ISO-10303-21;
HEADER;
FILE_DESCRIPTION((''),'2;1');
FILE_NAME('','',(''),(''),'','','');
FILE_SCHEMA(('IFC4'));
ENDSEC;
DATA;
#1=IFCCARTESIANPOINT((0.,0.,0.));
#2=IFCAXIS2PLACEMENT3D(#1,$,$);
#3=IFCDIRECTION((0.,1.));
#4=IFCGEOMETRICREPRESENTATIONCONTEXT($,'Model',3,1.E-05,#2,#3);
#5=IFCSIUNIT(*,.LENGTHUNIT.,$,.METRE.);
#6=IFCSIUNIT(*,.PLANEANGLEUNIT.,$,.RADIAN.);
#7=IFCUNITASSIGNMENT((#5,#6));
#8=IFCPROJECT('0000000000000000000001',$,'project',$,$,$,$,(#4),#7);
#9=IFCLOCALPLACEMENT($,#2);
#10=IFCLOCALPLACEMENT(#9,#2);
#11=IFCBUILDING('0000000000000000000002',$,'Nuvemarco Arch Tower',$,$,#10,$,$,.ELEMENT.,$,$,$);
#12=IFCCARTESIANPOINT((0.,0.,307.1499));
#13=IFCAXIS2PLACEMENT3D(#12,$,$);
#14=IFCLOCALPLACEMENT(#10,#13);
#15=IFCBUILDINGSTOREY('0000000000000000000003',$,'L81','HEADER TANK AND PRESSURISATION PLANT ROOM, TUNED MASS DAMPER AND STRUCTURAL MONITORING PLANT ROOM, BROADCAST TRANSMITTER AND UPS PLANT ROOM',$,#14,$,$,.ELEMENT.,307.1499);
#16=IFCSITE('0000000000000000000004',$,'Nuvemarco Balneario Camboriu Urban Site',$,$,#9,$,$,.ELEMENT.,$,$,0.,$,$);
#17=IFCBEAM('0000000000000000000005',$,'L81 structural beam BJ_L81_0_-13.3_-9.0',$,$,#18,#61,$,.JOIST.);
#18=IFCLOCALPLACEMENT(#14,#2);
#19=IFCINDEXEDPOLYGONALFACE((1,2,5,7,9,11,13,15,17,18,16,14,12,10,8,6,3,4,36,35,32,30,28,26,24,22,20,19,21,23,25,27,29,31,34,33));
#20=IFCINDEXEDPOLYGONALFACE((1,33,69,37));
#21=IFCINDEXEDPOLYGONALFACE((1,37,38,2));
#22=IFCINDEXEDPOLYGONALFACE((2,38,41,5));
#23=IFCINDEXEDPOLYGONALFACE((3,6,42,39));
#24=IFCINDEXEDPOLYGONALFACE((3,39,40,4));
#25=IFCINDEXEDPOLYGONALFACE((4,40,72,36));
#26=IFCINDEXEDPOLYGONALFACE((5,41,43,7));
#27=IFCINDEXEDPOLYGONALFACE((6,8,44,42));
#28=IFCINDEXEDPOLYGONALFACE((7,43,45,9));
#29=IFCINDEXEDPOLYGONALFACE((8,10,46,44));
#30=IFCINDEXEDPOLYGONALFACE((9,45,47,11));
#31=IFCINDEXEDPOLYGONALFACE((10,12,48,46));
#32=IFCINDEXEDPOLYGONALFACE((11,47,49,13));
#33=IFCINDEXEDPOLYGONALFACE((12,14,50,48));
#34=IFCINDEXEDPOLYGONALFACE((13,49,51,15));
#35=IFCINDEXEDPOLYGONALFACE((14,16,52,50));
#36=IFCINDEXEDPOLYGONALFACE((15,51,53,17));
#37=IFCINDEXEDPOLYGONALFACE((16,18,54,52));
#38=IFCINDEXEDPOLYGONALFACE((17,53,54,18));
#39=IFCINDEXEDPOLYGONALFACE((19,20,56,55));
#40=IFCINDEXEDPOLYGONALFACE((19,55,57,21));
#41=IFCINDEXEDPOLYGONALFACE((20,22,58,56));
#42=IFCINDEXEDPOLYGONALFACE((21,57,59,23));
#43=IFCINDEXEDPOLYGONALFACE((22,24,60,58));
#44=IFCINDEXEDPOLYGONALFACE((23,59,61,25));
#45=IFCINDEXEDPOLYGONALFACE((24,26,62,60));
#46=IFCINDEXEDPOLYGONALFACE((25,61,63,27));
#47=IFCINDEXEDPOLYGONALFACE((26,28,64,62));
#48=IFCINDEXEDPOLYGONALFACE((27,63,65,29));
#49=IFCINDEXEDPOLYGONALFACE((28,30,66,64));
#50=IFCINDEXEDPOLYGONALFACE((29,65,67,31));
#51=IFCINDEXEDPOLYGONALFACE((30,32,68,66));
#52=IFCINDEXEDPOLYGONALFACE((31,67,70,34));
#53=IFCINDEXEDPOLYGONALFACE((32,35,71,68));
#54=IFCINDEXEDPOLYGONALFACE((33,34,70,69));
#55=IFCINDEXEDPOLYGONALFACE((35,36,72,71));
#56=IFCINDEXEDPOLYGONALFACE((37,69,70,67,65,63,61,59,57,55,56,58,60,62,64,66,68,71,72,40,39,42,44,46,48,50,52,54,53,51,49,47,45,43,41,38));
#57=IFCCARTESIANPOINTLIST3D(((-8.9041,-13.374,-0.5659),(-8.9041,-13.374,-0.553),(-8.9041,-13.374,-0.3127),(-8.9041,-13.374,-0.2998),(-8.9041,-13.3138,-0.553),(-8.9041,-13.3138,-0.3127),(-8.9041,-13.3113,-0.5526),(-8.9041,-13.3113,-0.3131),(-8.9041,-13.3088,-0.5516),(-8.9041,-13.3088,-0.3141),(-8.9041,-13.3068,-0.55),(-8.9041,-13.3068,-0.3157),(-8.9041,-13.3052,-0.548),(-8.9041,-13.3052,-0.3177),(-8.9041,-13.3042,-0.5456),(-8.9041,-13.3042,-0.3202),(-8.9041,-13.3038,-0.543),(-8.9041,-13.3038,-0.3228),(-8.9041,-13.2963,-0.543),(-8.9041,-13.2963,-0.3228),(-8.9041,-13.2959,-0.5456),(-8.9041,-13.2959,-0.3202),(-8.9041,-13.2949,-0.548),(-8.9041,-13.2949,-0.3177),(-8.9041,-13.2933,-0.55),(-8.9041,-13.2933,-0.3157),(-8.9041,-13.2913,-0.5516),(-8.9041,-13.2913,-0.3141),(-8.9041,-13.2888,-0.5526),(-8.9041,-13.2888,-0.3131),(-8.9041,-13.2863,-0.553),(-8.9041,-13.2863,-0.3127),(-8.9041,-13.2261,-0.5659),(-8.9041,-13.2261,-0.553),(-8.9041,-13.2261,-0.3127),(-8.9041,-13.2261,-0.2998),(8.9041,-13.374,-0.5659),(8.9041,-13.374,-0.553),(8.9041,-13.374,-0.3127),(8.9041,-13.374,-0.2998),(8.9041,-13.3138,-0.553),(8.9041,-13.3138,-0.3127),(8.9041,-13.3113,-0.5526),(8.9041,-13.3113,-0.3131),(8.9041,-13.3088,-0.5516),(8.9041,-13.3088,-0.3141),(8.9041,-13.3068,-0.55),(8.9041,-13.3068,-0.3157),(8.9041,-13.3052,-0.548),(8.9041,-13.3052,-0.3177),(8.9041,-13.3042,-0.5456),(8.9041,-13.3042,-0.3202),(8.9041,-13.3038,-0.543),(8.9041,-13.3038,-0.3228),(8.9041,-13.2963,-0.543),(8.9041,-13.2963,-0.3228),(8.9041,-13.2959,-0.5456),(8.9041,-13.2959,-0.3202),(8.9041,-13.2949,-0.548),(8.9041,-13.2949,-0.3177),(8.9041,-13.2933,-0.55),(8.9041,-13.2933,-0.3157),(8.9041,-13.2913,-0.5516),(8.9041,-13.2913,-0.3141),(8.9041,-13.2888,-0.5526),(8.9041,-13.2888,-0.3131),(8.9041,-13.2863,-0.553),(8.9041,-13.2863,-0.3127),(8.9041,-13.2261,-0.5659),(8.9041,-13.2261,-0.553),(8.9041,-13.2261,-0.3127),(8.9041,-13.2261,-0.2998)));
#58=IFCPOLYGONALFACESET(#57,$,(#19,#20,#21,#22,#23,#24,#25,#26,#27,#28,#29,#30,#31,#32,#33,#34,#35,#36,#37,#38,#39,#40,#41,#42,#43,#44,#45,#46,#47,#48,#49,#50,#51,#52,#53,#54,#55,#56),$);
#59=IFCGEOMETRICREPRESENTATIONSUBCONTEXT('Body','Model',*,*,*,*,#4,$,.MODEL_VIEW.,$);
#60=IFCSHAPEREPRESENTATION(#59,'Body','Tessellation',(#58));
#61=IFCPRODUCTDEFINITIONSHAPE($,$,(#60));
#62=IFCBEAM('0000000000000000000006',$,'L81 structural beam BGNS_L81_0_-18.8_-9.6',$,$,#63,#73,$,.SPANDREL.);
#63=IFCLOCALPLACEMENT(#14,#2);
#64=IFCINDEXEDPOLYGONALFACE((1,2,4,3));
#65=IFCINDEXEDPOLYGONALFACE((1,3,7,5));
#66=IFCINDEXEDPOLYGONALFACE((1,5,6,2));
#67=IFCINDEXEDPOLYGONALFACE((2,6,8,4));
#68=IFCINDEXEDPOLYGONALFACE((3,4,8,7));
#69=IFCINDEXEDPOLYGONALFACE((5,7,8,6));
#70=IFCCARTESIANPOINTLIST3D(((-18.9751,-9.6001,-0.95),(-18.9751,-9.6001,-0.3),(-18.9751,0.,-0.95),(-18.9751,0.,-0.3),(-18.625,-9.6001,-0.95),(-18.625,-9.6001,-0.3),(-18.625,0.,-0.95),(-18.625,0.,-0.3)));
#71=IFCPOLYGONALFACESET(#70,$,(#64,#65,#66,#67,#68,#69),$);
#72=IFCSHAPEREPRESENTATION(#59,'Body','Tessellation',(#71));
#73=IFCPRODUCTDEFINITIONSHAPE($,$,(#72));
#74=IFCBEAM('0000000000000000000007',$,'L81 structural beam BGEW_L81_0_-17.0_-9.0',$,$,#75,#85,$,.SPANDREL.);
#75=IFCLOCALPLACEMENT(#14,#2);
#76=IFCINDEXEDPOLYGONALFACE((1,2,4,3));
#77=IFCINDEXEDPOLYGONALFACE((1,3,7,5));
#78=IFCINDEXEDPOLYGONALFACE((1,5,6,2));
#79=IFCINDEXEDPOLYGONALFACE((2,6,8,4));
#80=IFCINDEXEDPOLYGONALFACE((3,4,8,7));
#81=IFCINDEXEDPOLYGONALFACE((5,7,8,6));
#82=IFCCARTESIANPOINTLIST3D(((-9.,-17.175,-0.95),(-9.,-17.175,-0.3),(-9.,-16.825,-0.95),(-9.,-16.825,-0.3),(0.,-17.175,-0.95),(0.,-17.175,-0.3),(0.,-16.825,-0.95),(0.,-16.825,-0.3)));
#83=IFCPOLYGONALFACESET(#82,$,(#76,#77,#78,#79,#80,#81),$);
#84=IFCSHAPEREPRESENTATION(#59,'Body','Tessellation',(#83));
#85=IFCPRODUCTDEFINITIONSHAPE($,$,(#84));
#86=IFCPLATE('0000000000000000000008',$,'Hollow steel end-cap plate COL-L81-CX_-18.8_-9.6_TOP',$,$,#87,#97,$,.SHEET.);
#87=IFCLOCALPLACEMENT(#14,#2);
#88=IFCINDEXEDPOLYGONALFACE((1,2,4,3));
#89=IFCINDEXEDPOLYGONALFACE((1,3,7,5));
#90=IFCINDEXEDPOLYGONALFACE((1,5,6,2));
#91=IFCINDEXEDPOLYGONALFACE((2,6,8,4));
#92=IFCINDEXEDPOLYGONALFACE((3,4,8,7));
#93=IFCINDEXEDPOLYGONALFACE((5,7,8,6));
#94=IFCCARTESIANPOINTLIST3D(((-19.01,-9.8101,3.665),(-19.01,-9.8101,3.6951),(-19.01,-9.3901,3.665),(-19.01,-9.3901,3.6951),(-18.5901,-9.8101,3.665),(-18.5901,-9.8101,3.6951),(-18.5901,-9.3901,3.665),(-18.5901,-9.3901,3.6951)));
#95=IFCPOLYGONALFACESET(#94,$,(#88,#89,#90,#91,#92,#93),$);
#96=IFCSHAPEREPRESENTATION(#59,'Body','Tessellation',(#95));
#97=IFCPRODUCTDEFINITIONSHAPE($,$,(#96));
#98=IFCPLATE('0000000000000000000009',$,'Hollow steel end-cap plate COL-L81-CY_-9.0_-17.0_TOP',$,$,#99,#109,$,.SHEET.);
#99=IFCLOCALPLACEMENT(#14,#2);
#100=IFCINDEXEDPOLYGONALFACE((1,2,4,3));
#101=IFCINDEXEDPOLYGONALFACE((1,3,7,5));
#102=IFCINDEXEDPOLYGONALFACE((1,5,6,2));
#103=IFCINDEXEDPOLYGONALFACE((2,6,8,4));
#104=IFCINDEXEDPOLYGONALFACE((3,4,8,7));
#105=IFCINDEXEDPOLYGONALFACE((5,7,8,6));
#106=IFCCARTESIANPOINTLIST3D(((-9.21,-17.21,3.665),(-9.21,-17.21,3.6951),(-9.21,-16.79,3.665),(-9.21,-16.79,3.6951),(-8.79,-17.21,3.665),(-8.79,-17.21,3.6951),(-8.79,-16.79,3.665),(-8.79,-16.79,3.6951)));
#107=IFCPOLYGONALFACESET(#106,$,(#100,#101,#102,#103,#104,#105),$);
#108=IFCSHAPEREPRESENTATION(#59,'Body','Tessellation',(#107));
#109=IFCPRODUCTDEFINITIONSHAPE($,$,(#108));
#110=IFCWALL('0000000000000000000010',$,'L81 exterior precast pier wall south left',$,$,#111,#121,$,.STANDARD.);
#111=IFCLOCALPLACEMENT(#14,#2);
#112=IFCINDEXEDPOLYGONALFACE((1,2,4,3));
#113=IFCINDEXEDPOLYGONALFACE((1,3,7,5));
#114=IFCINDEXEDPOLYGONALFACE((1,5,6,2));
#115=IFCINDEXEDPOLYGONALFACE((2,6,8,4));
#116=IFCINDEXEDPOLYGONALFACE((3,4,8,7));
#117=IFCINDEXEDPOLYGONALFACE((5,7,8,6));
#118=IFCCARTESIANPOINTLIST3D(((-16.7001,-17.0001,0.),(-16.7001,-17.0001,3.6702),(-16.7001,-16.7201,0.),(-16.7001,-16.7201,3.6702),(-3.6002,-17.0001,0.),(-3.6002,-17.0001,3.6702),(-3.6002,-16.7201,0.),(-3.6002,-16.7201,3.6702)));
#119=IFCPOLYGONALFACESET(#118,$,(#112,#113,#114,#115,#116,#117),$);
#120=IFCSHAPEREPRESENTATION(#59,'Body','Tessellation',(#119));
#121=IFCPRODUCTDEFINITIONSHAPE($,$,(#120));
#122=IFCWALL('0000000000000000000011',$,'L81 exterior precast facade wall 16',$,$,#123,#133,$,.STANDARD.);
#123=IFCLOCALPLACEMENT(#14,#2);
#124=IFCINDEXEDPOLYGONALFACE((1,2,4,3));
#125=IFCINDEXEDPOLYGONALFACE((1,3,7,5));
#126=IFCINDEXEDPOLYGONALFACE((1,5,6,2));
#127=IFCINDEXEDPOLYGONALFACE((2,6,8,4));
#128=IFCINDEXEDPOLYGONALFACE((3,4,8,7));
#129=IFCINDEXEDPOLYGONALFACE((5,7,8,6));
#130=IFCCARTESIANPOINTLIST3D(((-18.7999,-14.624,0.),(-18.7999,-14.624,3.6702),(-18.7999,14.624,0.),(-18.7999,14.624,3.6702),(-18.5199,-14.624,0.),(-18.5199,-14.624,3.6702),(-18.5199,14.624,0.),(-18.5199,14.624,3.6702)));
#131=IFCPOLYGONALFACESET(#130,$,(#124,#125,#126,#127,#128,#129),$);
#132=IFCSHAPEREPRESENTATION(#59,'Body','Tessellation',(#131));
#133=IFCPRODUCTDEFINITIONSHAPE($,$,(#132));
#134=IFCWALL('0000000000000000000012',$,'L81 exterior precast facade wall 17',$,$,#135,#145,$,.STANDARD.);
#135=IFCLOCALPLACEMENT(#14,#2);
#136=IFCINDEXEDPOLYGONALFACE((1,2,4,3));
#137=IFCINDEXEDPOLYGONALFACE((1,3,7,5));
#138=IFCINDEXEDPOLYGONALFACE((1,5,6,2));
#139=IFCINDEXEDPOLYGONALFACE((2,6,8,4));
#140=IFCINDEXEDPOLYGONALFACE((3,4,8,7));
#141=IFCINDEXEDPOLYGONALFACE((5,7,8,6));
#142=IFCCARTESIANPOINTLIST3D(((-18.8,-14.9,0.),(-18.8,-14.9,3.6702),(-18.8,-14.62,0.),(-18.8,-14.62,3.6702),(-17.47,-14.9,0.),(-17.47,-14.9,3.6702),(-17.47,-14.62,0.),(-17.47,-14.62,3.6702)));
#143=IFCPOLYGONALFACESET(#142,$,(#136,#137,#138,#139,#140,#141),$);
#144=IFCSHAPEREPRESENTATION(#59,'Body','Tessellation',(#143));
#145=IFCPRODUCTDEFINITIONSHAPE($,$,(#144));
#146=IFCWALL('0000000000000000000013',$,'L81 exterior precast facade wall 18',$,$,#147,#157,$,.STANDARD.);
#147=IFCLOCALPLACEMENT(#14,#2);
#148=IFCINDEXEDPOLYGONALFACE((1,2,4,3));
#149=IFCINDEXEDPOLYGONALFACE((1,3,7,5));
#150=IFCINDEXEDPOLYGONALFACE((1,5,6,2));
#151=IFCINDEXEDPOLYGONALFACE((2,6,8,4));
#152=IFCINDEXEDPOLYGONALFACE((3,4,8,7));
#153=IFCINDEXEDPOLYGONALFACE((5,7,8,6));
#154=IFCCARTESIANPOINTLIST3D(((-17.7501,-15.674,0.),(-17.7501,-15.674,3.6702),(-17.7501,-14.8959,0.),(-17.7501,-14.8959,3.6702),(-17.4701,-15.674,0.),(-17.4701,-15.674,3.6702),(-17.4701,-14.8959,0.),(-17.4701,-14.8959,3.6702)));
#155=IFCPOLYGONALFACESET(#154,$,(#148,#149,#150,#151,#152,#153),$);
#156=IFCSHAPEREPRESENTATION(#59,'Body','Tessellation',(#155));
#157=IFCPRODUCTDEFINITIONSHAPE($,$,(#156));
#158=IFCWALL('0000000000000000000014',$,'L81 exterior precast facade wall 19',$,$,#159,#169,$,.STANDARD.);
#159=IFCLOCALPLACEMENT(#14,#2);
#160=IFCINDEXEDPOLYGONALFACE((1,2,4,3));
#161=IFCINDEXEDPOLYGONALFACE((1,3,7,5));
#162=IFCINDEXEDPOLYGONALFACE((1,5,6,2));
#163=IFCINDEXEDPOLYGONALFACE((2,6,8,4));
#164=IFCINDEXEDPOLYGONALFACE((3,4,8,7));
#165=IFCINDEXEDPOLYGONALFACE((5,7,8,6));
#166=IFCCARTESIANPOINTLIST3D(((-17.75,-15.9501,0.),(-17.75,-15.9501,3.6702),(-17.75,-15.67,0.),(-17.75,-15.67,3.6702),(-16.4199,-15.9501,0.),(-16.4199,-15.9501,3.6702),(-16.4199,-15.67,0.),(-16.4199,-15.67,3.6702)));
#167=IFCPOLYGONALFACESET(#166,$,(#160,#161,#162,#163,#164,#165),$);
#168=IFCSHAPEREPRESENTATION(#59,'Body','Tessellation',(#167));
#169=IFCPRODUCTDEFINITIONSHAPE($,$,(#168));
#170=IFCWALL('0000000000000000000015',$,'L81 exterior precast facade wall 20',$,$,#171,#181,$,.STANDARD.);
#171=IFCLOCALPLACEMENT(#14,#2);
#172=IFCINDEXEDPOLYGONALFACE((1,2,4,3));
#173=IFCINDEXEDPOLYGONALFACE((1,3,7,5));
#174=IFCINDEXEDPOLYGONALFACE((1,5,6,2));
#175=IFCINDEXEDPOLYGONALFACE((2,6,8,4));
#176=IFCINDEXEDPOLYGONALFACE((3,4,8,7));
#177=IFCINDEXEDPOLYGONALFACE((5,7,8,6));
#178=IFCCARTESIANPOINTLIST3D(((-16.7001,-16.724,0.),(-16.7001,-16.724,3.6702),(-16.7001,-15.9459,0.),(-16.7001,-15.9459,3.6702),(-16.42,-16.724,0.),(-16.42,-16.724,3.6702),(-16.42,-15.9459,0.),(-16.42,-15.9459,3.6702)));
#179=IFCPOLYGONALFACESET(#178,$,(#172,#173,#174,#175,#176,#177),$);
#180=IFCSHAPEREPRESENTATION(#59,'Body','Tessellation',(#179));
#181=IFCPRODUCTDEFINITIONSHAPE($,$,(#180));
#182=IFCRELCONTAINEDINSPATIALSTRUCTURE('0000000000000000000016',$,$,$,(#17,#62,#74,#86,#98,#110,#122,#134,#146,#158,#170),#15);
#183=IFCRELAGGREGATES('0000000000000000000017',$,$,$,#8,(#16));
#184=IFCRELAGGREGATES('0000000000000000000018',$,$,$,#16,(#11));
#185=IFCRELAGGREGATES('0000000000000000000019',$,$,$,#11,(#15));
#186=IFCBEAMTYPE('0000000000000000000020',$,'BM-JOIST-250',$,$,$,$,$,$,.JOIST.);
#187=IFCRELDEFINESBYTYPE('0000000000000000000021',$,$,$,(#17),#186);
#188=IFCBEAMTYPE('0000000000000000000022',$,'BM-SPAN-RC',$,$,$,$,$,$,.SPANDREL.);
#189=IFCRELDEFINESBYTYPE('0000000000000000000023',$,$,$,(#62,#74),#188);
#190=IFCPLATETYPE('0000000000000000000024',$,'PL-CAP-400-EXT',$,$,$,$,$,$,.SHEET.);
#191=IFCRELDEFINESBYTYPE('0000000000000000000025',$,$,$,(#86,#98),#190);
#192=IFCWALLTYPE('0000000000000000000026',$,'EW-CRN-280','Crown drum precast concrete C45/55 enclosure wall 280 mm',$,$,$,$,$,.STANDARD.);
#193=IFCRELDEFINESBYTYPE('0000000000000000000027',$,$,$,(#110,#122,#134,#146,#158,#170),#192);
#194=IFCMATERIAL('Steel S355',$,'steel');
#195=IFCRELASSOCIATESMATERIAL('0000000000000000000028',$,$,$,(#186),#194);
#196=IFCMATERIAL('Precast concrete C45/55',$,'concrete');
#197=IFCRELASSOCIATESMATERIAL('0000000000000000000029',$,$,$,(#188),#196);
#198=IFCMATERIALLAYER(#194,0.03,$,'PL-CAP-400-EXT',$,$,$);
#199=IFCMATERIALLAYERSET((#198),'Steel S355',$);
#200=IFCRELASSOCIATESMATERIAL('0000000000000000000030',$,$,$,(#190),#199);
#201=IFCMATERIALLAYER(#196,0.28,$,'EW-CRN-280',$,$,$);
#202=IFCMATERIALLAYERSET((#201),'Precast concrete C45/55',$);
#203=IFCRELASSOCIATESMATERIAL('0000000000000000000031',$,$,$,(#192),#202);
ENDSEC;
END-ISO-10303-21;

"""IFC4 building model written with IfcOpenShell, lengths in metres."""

from ifc_helpers import new_model, si_unit, direction, frame, frame_2d, origin, origin_2d, place, context, subcontext, project, spatial, rectangle, i_section, extrude, source, transform, mapped, material, layer, layer_set, material_profile, profile_set, type_object, type_shapes, element, save


model = new_model("IFC4")

# Units and contexts
model_context = context("Model", 3, precision=1e-05, world=origin(), true_north=direction((0.0, 1.0)))
body_context = subcontext(model_context, "Body", "Model", "MODEL_VIEW")
ifc_project = project(units=[si_unit("LENGTHUNIT", "METRE"), si_unit("PLANEANGLEUNIT", "RADIAN")], contexts=[model_context])

# Site, building, storey
site_placement = place(None, origin())
site = spatial("IfcSite", under=ifc_project, at=site_placement, Name="Nuvemarco Balneario Camboriu Urban Site", CompositionType="ELEMENT", RefElevation=0.0)
building_placement = place(site_placement, origin())
building = spatial("IfcBuilding", under=site, at=building_placement, Name="Nuvemarco Arch Tower", CompositionType="ELEMENT")
storey_placement = place(building_placement, frame((0.0, 0.0, 307.1499)))
storey = spatial("IfcBuildingStorey", under=building, at=storey_placement, Name="L81", Description="HEADER TANK AND PRESSURISATION PLANT ROOM, TUNED MASS DAMPER AND STRUCTURAL MONITORING PLANT ROOM, BROADCAST TRANSMITTER AND UPS PLANT ROOM", CompositionType="ELEMENT", Elevation=307.1499)

# Shared definitions
ifc_material_1 = material(Name="Steel S355", Category="steel")

# Beams
ifc_material_profile_1 = material_profile(ifc_material_1, i_section(OverallWidth=0.1479, OverallDepth=0.2661, WebThickness=0.0076, FlangeThickness=0.0129, FilletRadius=0.01, at=origin_2d()), Name="W250x44.8")
ifc_profile_set_1 = profile_set([ifc_material_profile_1], Name="Steel S355")
beam_type_1 = type_object("IfcBeamType", Name="BM-JOIST-250", PredefinedType="JOIST", material=ifc_profile_set_1)
beam_1_placement = place(storey_placement, frame((-8.9041, -13.3, -0.4329), z_axis=(1.0, 0.0, 0.0), x_axis=(0.0, 1.0, 0.0)))
element("IfcBeam", 1, at=beam_1_placement, inside=storey, type_object=beam_type_1, Name="L81 structural beam BJ_L81_0_-13.3_-9.0", PredefinedType="JOIST", context=body_context, shape_type="SweptSolid", body=[
    extrude(i_section(OverallWidth=0.1479, OverallDepth=0.2661, WebThickness=0.0076, FlangeThickness=0.0129, FilletRadius=0.01, at=origin_2d()), origin(), (0.0, 0.0, 1.0), 17.8081),
])
ifc_material_2 = material(Name="Precast concrete C45/55", Category="concrete")
ifc_material_profile_2 = material_profile(ifc_material_2, rectangle(XDim=0.3501, YDim=0.6499, at=origin_2d()), Name="PC-SP-350x650")
ifc_profile_set_2 = profile_set([ifc_material_profile_2], Name="Precast concrete C45/55")
beam_type_2 = type_object("IfcBeamType", Name="BM-SPAN-RC", PredefinedType="SPANDREL", material=ifc_profile_set_2)
beam_2_placement = place(storey_placement, frame((-18.8, -9.6001, -0.625), z_axis=(0.0, 1.0, 0.0), x_axis=(-1.0, 0.0, 0.0)))
element("IfcBeam", 2, at=beam_2_placement, inside=storey, type_object=beam_type_2, Name="L81 structural beam BGNS_L81_0_-18.8_-9.6", PredefinedType="SPANDREL", context=body_context, shape_type="SweptSolid", body=[
    extrude(rectangle(XDim=0.3501, YDim=0.6499, at=origin_2d()), origin(), (0.0, 0.0, 1.0), 9.6001),
])
beam_3_placement = place(storey_placement, frame((-9.0, -17.0, -0.625), z_axis=(1.0, 0.0, 0.0), x_axis=(0.0, 1.0, 0.0)))
element("IfcBeam", 3, at=beam_3_placement, inside=storey, type_object=beam_type_2, Name="L81 structural beam BGEW_L81_0_-17.0_-9.0", PredefinedType="SPANDREL", context=body_context, shape_type="SweptSolid", body=[
    extrude(rectangle(XDim=0.3501, YDim=0.6499, at=origin_2d()), origin(), (0.0, 0.0, 1.0), 9.0),
])

# Plates
ifc_layer_1 = layer(ifc_material_1, 0.03, Name="PL-CAP-400-EXT")
ifc_layer_set_1 = layer_set([ifc_layer_1], Name="Steel S355")
plate_type = type_object("IfcPlateType", Name="PL-CAP-400-EXT", PredefinedType="SHEET", material=ifc_layer_set_1)
shared_shape_1 = source(origin(), body_context, "Body", "SweptSolid", [
    extrude(rectangle(XDim=0.4199, YDim=0.4199, at=origin_2d()), origin(), (0.0, 0.0, 1.0), 0.03),
])
type_shapes(plate_type, [shared_shape_1])
for number, where, z_axis, x_axis, name in (
    (4, (-18.8, -9.6001, 3.665), (0.0, 0.0, 1.0), (1.0, 0.0, 0.0), "Hollow steel end-cap plate COL-L81-CX_-18.8_-9.6_TOP"),
    (5, (-9.0, -17.0, 3.665), (0.0, 0.0, 1.0), (1.0, 0.0, 0.0), "Hollow steel end-cap plate COL-L81-CY_-9.0_-17.0_TOP"),
):
    element("IfcPlate", number, at=place(storey_placement, frame(where, z_axis=z_axis, x_axis=x_axis)), inside=storey, type_object=plate_type, Name=name, PredefinedType="SHEET", context=body_context, shape_type="MappedRepresentation", body=[
        mapped(shared_shape_1, transform((0.0, 0.0, 0.0), scale=1.0)),
    ])

# Walls
ifc_layer_2 = layer(ifc_material_2, 0.28, Name="EW-CRN-280")
ifc_layer_set_2 = layer_set([ifc_layer_2], Name="Precast concrete C45/55")
wall_type_1 = type_object("IfcWallType", Name="EW-CRN-280", Description="Crown drum precast concrete C45/55 enclosure wall 280 mm", PredefinedType="STANDARD", material=ifc_layer_set_2)
wall_1_placement = place(storey_placement, frame((-16.7, -16.8601, 0.0), z_axis=(0.0, 0.0, 1.0), x_axis=(1.0, 0.0, 0.0)))
element("IfcWall", 6, at=wall_1_placement, inside=storey, type_object=wall_type_1, Name="L81 exterior precast pier wall south left", PredefinedType="STANDARD", context=body_context, shape_type="SweptSolid", body=[
    extrude(rectangle(XDim=13.0999, YDim=0.28, at=frame_2d((6.5498, 0.0))), origin(), (0.0, 0.0, 1.0), 3.6702),
])
wall_2_placement = place(storey_placement, frame((-18.6599, -14.624, 0.0), z_axis=(0.0, 0.0, 1.0), x_axis=(0.0, 1.0, 0.0)))
element("IfcWall", 7, at=wall_2_placement, inside=storey, type_object=wall_type_1, Name="L81 exterior precast facade wall 16", PredefinedType="STANDARD", context=body_context, shape_type="SweptSolid", body=[
    extrude(rectangle(XDim=29.248, YDim=0.28, at=frame_2d((14.624, 0.0))), origin(), (0.0, 0.0, 1.0), 3.6702),
])
wall_3_placement = place(storey_placement, frame((-18.8, -14.76, 0.0), z_axis=(0.0, 0.0, 1.0), x_axis=(1.0, 0.0, 0.0)))
element("IfcWall", 8, at=wall_3_placement, inside=storey, type_object=wall_type_1, Name="L81 exterior precast facade wall 17", PredefinedType="STANDARD", context=body_context, shape_type="SweptSolid", body=[
    extrude(rectangle(XDim=1.3301, YDim=0.28, at=frame_2d((0.665, 0.0))), origin(), (0.0, 0.0, 1.0), 3.6702),
])
wall_4_placement = place(storey_placement, frame((-17.6101, -15.6741, 0.0), z_axis=(0.0, 0.0, 1.0), x_axis=(0.0, 1.0, 0.0)))
element("IfcWall", 9, at=wall_4_placement, inside=storey, type_object=wall_type_1, Name="L81 exterior precast facade wall 18", PredefinedType="STANDARD", context=body_context, shape_type="SweptSolid", body=[
    extrude(rectangle(XDim=0.7781, YDim=0.28, at=frame_2d((0.3892, 0.0))), origin(), (0.0, 0.0, 1.0), 3.6702),
])
wall_5_placement = place(storey_placement, frame((-17.75, -15.8101, 0.0), z_axis=(0.0, 0.0, 1.0), x_axis=(1.0, 0.0, 0.0)))
element("IfcWall", 10, at=wall_5_placement, inside=storey, type_object=wall_type_1, Name="L81 exterior precast facade wall 19", PredefinedType="STANDARD", context=body_context, shape_type="SweptSolid", body=[
    extrude(rectangle(XDim=1.3301, YDim=0.28, at=frame_2d((0.665, 0.0))), origin(), (0.0, 0.0, 1.0), 3.6702),
])
wall_6_placement = place(storey_placement, frame((-16.5601, -16.7241, 0.0), z_axis=(0.0, 0.0, 1.0), x_axis=(0.0, 1.0, 0.0)))
element("IfcWall", 11, at=wall_6_placement, inside=storey, type_object=wall_type_1, Name="L81 exterior precast facade wall 20", PredefinedType="STANDARD", context=body_context, shape_type="SweptSolid", body=[
    extrude(rectangle(XDim=0.7781, YDim=0.28, at=frame_2d((0.3892, 0.0))), origin(), (0.0, 0.0, 1.0), 3.6702),
])

save(model, "model.ifc")
